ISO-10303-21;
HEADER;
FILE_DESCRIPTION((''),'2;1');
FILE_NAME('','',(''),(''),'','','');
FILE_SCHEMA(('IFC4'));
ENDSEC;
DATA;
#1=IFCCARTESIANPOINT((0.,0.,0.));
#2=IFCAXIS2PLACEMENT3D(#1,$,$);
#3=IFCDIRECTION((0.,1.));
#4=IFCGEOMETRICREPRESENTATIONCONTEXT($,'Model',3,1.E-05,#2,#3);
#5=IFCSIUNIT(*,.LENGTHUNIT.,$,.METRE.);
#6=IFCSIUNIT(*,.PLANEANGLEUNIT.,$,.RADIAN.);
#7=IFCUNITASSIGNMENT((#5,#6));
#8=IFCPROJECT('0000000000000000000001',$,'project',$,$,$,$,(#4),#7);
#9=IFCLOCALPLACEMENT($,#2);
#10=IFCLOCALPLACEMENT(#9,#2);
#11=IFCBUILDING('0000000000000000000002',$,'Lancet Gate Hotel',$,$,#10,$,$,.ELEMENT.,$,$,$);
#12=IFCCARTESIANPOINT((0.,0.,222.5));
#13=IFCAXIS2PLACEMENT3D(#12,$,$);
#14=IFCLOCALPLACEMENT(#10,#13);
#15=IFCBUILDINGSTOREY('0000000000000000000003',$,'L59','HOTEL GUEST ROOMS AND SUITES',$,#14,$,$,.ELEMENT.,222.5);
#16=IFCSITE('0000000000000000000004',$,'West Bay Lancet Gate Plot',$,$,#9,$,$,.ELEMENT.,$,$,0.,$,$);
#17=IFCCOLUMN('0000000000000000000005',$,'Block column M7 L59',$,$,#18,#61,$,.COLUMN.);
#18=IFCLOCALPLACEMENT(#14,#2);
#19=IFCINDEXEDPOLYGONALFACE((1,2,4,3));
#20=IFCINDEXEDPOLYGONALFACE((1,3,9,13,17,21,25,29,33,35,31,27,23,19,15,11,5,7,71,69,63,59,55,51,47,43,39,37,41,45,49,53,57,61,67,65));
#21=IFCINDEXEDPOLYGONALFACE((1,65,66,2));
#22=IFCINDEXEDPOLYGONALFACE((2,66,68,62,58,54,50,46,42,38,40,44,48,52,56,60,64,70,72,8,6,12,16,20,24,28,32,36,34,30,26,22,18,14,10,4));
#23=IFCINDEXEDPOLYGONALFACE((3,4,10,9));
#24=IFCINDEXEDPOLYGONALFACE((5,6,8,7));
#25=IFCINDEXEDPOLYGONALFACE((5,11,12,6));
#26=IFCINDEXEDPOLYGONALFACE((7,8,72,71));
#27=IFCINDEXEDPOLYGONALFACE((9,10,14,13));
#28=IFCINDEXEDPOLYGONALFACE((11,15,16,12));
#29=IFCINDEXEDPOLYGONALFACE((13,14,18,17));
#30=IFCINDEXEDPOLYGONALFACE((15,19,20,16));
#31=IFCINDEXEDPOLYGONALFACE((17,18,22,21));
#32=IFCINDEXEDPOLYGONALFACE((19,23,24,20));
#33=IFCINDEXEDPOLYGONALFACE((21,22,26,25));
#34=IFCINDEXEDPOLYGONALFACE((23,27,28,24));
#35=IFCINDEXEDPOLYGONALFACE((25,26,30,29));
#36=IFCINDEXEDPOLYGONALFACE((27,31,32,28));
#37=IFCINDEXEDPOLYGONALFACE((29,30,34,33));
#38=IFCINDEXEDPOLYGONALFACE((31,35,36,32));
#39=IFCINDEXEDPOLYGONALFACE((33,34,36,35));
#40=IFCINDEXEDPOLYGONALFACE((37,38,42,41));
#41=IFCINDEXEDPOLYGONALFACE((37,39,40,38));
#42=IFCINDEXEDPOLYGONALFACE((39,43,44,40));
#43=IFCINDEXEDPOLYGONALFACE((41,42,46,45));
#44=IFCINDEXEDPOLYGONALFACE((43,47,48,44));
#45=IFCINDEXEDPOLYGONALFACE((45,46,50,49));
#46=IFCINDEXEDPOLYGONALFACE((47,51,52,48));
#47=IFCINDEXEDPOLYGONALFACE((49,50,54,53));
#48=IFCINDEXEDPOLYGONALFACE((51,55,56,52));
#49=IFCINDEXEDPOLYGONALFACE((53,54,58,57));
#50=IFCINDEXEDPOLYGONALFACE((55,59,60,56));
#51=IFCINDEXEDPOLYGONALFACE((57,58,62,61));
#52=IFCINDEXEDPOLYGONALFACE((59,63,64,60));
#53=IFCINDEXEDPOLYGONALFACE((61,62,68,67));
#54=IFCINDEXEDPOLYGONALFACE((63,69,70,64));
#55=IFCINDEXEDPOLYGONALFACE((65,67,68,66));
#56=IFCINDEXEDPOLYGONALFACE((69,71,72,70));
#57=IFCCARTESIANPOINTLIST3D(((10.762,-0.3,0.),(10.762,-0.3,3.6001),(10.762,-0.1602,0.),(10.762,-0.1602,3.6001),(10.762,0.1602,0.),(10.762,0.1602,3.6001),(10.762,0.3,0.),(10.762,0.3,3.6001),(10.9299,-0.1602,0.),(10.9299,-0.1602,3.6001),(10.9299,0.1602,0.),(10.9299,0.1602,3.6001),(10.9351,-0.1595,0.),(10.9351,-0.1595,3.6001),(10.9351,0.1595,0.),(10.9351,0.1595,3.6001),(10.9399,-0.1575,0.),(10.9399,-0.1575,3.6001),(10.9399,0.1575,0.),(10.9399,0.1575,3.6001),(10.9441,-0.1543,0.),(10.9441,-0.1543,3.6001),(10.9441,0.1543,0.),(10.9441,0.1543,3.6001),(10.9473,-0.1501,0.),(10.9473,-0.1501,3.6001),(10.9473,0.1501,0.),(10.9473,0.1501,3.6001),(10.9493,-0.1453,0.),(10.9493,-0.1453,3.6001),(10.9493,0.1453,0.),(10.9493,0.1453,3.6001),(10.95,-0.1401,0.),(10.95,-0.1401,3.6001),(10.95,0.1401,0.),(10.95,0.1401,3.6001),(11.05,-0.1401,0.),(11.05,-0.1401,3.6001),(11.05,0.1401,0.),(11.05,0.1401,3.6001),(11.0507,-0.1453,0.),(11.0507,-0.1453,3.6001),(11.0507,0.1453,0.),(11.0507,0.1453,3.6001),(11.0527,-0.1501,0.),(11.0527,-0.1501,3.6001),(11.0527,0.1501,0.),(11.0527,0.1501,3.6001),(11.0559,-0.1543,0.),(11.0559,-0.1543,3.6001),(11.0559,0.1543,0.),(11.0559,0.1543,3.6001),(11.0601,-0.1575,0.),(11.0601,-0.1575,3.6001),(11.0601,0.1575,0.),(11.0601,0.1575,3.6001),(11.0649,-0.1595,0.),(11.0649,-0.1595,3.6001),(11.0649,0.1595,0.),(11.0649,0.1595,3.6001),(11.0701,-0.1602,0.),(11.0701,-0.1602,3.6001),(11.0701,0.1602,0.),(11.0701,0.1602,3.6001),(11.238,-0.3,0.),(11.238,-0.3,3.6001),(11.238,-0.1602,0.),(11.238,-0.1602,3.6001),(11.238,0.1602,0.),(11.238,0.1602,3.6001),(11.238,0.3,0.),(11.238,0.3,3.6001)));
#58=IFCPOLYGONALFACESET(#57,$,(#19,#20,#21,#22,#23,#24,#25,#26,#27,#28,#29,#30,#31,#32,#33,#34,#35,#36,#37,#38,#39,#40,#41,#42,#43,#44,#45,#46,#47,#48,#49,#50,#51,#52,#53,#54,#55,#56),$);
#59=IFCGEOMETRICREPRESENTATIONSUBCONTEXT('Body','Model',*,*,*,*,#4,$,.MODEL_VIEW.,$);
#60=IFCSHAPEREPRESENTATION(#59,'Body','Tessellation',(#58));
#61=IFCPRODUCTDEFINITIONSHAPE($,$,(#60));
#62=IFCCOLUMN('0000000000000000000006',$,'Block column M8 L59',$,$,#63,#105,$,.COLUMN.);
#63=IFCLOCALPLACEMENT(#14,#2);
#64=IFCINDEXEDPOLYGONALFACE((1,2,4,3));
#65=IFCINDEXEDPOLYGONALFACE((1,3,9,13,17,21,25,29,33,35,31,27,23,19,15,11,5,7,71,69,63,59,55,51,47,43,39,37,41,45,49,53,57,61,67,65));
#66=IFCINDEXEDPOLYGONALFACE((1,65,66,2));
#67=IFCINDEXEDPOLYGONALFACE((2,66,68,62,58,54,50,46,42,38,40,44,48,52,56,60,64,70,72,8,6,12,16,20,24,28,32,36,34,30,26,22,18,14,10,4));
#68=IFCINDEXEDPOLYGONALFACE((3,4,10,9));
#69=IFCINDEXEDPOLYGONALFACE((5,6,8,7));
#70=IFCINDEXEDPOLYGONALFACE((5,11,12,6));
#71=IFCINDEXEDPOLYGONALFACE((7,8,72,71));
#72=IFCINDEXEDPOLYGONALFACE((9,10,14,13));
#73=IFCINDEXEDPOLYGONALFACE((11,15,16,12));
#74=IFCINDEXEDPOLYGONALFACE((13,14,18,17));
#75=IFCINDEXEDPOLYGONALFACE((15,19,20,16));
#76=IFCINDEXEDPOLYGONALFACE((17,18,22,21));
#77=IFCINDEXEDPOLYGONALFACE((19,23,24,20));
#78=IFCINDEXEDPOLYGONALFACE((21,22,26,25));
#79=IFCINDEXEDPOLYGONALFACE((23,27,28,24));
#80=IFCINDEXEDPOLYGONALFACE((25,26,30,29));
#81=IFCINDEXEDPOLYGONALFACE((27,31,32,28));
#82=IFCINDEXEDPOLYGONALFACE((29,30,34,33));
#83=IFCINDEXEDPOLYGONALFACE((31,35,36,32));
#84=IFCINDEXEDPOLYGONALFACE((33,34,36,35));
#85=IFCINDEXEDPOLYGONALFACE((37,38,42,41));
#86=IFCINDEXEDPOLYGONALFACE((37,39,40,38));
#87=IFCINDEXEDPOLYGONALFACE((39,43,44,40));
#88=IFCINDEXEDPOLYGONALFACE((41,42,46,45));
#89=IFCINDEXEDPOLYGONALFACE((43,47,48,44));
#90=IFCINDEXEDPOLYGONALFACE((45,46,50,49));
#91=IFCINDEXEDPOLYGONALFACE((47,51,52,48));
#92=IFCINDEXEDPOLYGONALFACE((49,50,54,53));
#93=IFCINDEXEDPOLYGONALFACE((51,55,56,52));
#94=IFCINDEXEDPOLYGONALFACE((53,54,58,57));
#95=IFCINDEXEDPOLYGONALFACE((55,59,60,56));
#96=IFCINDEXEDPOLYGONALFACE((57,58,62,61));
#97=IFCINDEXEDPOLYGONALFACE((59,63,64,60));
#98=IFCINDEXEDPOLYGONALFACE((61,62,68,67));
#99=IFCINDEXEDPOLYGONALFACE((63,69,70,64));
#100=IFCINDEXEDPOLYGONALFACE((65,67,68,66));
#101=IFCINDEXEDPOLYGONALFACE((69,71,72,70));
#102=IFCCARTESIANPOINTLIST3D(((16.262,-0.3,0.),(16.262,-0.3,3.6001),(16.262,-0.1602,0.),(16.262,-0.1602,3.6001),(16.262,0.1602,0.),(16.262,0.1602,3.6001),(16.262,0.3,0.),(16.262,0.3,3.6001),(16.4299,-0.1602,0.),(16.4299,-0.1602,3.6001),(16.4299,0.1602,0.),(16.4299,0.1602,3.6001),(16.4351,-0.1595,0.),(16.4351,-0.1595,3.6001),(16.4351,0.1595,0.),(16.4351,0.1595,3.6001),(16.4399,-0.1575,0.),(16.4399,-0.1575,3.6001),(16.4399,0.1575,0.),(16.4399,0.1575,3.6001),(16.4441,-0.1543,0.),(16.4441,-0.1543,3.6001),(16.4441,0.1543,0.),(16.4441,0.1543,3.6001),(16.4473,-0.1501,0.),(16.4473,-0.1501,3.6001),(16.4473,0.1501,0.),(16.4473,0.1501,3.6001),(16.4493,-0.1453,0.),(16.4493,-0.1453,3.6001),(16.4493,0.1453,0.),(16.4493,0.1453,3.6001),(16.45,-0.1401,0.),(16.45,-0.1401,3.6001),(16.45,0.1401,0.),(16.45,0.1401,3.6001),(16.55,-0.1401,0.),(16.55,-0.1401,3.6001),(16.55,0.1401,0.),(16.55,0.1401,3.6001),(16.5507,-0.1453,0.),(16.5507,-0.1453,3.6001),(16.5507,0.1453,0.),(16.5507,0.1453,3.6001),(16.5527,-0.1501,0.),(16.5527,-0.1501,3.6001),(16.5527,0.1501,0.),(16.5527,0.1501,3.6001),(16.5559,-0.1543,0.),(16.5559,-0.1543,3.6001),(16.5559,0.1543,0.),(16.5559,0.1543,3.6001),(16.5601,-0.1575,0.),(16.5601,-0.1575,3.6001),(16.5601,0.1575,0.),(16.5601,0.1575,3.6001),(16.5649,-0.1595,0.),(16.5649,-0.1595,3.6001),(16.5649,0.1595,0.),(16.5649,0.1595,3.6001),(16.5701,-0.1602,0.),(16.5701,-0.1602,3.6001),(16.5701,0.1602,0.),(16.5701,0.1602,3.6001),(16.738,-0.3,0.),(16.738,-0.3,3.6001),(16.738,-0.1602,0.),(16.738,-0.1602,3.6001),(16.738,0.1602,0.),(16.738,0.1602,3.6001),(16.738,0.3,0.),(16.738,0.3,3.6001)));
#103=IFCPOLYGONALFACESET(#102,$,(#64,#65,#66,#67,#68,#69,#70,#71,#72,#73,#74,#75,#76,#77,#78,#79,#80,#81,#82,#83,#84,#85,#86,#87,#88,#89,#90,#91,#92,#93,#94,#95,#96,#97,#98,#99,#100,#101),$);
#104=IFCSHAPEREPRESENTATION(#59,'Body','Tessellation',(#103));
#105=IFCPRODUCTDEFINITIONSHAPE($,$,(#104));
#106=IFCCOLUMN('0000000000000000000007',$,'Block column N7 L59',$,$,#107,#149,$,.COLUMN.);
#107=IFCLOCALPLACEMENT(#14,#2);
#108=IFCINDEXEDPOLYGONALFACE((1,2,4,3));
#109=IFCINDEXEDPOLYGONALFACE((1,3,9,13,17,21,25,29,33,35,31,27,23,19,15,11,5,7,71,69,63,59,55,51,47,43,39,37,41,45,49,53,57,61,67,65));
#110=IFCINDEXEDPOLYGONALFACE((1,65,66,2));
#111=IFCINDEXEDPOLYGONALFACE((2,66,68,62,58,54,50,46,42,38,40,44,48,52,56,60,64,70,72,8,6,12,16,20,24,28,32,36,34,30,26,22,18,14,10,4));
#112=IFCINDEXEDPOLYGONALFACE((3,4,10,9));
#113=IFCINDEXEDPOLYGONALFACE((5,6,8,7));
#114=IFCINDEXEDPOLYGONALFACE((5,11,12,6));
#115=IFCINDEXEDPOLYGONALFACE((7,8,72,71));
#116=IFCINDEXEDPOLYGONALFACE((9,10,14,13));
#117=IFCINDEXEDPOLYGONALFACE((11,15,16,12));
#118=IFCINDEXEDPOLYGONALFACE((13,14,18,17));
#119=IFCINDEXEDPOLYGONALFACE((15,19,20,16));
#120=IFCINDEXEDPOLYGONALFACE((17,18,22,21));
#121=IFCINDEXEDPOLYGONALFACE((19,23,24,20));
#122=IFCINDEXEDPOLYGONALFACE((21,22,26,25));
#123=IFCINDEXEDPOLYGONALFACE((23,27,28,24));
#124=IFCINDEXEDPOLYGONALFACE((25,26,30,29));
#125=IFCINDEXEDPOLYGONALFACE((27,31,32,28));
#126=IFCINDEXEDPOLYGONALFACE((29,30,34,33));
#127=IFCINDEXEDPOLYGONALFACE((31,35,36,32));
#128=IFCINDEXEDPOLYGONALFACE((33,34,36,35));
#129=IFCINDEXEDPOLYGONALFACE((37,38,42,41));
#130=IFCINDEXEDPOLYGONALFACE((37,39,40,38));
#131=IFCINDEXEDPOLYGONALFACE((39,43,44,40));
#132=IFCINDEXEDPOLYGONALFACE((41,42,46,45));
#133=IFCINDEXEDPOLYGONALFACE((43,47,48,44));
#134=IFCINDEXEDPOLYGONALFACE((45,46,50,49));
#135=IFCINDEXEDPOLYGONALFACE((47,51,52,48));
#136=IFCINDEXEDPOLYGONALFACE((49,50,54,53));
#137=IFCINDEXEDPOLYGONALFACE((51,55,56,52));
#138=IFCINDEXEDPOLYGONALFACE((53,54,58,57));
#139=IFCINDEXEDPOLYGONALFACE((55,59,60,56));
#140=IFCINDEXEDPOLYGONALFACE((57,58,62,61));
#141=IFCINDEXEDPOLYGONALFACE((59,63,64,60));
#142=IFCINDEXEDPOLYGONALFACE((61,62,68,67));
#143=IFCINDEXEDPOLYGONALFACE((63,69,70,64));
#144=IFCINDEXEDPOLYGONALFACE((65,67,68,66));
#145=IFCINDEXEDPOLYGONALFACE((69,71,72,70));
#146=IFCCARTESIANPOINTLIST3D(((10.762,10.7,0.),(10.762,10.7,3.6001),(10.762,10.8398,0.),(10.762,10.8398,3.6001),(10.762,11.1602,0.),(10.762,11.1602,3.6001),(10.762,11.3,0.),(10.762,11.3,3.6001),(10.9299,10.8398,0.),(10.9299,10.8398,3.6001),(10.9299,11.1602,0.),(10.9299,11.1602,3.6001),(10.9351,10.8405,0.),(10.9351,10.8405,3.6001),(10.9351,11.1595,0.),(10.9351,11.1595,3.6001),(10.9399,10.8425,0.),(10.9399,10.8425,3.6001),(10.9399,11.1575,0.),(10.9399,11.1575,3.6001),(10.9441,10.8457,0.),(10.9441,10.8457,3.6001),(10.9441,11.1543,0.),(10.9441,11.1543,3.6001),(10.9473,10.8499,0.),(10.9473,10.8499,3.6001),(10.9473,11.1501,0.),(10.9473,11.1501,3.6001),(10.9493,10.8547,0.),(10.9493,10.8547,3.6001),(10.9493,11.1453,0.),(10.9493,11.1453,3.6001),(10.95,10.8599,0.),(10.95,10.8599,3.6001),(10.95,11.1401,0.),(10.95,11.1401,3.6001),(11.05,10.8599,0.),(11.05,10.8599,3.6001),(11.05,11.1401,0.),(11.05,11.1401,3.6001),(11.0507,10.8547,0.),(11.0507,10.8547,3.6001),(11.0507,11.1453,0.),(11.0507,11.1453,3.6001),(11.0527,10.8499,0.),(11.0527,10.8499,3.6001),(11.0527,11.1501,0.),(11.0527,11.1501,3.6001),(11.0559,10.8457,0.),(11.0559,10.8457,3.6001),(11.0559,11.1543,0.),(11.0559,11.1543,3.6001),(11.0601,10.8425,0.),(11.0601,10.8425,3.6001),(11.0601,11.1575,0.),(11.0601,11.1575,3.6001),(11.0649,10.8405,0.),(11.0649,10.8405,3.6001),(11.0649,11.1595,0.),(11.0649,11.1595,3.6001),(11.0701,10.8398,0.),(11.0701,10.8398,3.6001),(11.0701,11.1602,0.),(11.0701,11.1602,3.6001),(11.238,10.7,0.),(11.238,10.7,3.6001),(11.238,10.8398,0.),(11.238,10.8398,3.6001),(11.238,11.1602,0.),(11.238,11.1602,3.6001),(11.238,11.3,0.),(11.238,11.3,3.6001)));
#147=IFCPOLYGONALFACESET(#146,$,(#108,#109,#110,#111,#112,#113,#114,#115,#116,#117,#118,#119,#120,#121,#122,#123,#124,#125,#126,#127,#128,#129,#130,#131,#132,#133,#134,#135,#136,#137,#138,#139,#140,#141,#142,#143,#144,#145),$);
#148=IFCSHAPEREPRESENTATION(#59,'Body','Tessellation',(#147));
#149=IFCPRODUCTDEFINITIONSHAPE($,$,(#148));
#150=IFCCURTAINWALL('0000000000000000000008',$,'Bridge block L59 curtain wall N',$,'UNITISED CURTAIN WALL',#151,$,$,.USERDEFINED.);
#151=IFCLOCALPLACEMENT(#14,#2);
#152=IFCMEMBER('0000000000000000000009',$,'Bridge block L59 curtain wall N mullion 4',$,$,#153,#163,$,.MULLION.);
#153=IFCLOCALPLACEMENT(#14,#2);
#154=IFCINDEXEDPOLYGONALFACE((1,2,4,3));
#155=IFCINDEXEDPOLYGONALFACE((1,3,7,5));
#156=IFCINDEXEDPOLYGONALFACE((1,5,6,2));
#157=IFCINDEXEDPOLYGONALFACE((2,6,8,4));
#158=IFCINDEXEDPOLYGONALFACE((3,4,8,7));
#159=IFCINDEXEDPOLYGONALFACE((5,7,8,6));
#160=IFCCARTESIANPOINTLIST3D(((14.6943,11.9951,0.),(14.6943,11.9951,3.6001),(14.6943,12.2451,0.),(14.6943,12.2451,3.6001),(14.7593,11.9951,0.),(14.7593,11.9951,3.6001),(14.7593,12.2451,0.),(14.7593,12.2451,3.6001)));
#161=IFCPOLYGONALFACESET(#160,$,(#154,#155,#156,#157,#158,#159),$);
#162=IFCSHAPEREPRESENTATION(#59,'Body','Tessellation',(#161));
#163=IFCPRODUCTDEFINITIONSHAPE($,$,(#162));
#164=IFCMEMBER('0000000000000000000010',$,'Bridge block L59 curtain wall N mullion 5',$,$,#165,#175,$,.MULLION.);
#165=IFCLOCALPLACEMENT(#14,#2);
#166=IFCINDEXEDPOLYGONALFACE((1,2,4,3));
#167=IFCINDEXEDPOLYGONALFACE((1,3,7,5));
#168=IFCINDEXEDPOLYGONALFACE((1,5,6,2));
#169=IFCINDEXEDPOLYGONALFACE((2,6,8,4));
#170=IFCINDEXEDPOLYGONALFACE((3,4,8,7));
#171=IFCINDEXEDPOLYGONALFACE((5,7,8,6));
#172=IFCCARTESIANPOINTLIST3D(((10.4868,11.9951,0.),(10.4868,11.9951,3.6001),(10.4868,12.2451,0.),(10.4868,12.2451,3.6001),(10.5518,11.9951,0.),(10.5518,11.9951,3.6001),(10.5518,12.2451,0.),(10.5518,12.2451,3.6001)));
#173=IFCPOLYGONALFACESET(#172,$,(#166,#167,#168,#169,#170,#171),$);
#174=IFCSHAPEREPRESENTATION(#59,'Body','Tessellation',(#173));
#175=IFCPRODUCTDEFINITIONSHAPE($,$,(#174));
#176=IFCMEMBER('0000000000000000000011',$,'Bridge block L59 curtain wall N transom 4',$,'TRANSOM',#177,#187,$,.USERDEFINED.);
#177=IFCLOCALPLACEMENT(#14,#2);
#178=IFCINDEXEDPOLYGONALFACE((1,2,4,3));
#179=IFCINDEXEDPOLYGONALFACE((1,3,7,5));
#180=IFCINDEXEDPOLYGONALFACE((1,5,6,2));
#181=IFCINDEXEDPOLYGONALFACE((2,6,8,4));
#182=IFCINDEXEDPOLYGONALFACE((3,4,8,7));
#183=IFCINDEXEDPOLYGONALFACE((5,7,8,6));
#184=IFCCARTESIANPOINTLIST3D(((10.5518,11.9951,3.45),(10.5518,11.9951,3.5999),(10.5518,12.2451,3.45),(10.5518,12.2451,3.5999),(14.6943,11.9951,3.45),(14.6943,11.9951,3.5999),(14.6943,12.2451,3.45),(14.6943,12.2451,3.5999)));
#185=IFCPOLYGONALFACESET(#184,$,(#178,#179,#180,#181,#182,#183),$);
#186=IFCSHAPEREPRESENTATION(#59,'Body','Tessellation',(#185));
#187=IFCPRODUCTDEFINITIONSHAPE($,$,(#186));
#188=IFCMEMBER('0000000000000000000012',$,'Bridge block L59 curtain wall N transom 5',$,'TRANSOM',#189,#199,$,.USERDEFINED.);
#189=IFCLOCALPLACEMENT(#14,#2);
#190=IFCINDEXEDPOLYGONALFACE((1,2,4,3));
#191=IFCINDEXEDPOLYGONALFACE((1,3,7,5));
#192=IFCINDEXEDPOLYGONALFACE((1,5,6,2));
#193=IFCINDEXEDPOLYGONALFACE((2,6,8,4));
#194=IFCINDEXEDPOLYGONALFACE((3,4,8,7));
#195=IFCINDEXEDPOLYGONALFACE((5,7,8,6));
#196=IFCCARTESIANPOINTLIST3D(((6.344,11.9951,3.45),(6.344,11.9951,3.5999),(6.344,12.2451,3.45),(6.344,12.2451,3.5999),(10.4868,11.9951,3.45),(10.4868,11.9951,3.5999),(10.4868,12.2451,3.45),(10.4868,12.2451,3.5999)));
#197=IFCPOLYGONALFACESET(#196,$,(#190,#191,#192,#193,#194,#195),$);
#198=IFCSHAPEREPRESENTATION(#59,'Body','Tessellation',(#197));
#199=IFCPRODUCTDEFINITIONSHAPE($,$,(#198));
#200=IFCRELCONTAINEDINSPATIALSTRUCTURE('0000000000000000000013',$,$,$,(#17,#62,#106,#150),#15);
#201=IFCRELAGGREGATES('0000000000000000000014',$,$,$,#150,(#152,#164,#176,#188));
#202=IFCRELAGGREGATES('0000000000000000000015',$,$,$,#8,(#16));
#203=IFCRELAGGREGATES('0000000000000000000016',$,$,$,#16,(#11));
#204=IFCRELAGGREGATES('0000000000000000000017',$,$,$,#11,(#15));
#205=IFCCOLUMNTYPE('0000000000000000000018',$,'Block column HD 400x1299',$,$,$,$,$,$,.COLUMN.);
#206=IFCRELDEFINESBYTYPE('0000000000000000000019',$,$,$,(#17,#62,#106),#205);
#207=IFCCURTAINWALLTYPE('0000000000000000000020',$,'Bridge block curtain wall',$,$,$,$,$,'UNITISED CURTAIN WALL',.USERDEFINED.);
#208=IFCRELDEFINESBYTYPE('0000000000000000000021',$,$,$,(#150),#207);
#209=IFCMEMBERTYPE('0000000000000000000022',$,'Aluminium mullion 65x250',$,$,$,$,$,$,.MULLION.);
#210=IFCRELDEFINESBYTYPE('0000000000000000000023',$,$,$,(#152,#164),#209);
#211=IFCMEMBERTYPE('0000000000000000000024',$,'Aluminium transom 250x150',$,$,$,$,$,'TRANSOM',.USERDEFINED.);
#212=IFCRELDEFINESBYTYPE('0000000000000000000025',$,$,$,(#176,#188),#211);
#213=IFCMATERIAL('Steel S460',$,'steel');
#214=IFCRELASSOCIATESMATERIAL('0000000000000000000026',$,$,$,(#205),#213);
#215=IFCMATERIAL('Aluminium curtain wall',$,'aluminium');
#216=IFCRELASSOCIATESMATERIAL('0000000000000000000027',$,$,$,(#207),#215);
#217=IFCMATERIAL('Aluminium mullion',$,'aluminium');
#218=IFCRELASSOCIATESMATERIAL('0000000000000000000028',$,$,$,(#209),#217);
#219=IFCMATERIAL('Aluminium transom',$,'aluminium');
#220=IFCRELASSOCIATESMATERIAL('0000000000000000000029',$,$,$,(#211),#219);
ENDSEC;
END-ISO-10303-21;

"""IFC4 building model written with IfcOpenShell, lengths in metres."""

from ifc_helpers import new_model, si_unit, direction, frame, origin, origin_2d, place, context, subcontext, project, spatial, rectangle, i_section, extrude, material, material_profile, profile_set, type_object, element, aggregate, save


model = new_model("IFC4")

# Units and contexts
model_context = context("Model", 3, precision=1e-05, world=origin(), true_north=direction((0.0, 1.0)))
body_context = subcontext(model_context, "Body", "Model", "MODEL_VIEW")
ifc_project = project(units=[si_unit("LENGTHUNIT", "METRE"), si_unit("PLANEANGLEUNIT", "RADIAN")], contexts=[model_context])

# Site, building, storey
site_placement = place(None, origin())
site = spatial("IfcSite", under=ifc_project, at=site_placement, Name="West Bay Lancet Gate Plot", CompositionType="ELEMENT", RefElevation=0.0)
building_placement = place(site_placement, origin())
building = spatial("IfcBuilding", under=site, at=building_placement, Name="Lancet Gate Hotel", CompositionType="ELEMENT")
storey_placement = place(building_placement, frame((0.0, 0.0, 222.5)))
storey = spatial("IfcBuildingStorey", under=building, at=storey_placement, Name="L59", Description="HOTEL GUEST ROOMS AND SUITES", CompositionType="ELEMENT", Elevation=222.5)

# Columns
ifc_material_1 = material(Name="Steel S460", Category="steel")
ifc_material_profile_1 = material_profile(ifc_material_1, i_section(OverallWidth=0.4761, OverallDepth=0.6001, WebThickness=0.1001, FlangeThickness=0.1399, FilletRadius=0.02, at=origin_2d()), Name="HD 400x1299")
ifc_profile_set_1 = profile_set([ifc_material_profile_1], Name="Steel S460")
column_type = type_object("IfcColumnType", Name="Block column HD 400x1299", PredefinedType="COLUMN", material=ifc_profile_set_1)
for number, where, z_axis, x_axis, name in (
    (1, (11.0, 0.0, 0.0), (0.0, 0.0, 1.0), (1.0, 0.0, 0.0), "Block column M7 L59"),
    (2, (16.5, 0.0, 0.0), (0.0, 0.0, 1.0), (1.0, 0.0, 0.0), "Block column M8 L59"),
    (3, (11.0, 11.0, 0.0), (0.0, 0.0, 1.0), (1.0, 0.0, 0.0), "Block column N7 L59"),
):
    element("IfcColumn", number, at=place(storey_placement, frame(where, z_axis=z_axis, x_axis=x_axis)), inside=storey, type_object=column_type, Name=name, PredefinedType="COLUMN", context=body_context, shape_type="SweptSolid", body=[
        extrude(i_section(OverallWidth=0.4761, OverallDepth=0.6001, WebThickness=0.1001, FlangeThickness=0.1399, FilletRadius=0.02, at=origin_2d()), origin(), (0.0, 0.0, 1.0), 3.6001),
    ])

# Curtain wall, members
ifc_material_2 = material(Name="Aluminium curtain wall", Category="aluminium")
curtain_wall_type = type_object("IfcCurtainWallType", Name="Bridge block curtain wall", ElementType="UNITISED CURTAIN WALL", PredefinedType="USERDEFINED", material=ifc_material_2)
curtain_wall_placement = place(storey_placement, origin())
curtain_wall = element("IfcCurtainWall", 4, at=curtain_wall_placement, inside=storey, type_object=curtain_wall_type, Name="Bridge block L59 curtain wall N", ObjectType="UNITISED CURTAIN WALL", PredefinedType="USERDEFINED")
ifc_material_3 = material(Name="Aluminium mullion", Category="aluminium")
ifc_material_profile_2 = material_profile(ifc_material_3, rectangle(XDim=0.0649, YDim=0.25, at=origin_2d()), Name="MULLION 65x250")
ifc_profile_set_2 = profile_set([ifc_material_profile_2], Name="Aluminium mullion")
member_type_1 = type_object("IfcMemberType", Name="Aluminium mullion 65x250", PredefinedType="MULLION", material=ifc_profile_set_2)
member_1_placement = place(storey_placement, frame((14.7268, 12.1201, 0.0), z_axis=(0.0, 0.0, 1.0), x_axis=(-1.0, 0.0, 0.0)))
member_1 = element("IfcMember", 5, at=member_1_placement, type_object=member_type_1, Name="Bridge block L59 curtain wall N mullion 4", PredefinedType="MULLION", context=body_context, shape_type="SweptSolid", body=[
    extrude(rectangle(XDim=0.0649, YDim=0.25, at=origin_2d()), origin(), (0.0, 0.0, 1.0), 3.6001),
])
member_2_placement = place(storey_placement, frame((10.5193, 12.1201, 0.0), z_axis=(0.0, 0.0, 1.0), x_axis=(-1.0, 0.0, 0.0)))
member_2 = element("IfcMember", 6, at=member_2_placement, type_object=member_type_1, Name="Bridge block L59 curtain wall N mullion 5", PredefinedType="MULLION", context=body_context, shape_type="SweptSolid", body=[
    extrude(rectangle(XDim=0.0649, YDim=0.25, at=origin_2d()), origin(), (0.0, 0.0, 1.0), 3.6001),
])
ifc_material_4 = material(Name="Aluminium transom", Category="aluminium")
ifc_material_profile_3 = material_profile(ifc_material_4, rectangle(XDim=0.25, YDim=0.1499, at=origin_2d()), Name="TRANSOM 250x150")
ifc_profile_set_3 = profile_set([ifc_material_profile_3], Name="Aluminium transom")
member_type_2 = type_object("IfcMemberType", Name="Aluminium transom 250x150", ElementType="TRANSOM", PredefinedType="USERDEFINED", material=ifc_profile_set_3)
member_3_placement = place(storey_placement, frame((14.6943, 12.1201, 3.5249), z_axis=(-1.0, 0.0, 0.0), x_axis=(0.0, -1.0, 0.0)))
member_3 = element("IfcMember", 7, at=member_3_placement, type_object=member_type_2, Name="Bridge block L59 curtain wall N transom 4", ObjectType="TRANSOM", PredefinedType="USERDEFINED", context=body_context, shape_type="SweptSolid", body=[
    extrude(rectangle(XDim=0.25, YDim=0.1499, at=origin_2d()), origin(), (0.0, 0.0, 1.0), 4.1426),
])
member_4_placement = place(storey_placement, frame((10.4868, 12.1201, 3.5249), z_axis=(-1.0, 0.0, 0.0), x_axis=(0.0, -1.0, 0.0)))
member_4 = element("IfcMember", 8, at=member_4_placement, type_object=member_type_2, Name="Bridge block L59 curtain wall N transom 5", ObjectType="TRANSOM", PredefinedType="USERDEFINED", context=body_context, shape_type="SweptSolid", body=[
    extrude(rectangle(XDim=0.25, YDim=0.1499, at=origin_2d()), origin(), (0.0, 0.0, 1.0), 4.1428),
])

aggregate(curtain_wall, [member_1, member_2, member_3, member_4])

save(model, "model.ifc")
